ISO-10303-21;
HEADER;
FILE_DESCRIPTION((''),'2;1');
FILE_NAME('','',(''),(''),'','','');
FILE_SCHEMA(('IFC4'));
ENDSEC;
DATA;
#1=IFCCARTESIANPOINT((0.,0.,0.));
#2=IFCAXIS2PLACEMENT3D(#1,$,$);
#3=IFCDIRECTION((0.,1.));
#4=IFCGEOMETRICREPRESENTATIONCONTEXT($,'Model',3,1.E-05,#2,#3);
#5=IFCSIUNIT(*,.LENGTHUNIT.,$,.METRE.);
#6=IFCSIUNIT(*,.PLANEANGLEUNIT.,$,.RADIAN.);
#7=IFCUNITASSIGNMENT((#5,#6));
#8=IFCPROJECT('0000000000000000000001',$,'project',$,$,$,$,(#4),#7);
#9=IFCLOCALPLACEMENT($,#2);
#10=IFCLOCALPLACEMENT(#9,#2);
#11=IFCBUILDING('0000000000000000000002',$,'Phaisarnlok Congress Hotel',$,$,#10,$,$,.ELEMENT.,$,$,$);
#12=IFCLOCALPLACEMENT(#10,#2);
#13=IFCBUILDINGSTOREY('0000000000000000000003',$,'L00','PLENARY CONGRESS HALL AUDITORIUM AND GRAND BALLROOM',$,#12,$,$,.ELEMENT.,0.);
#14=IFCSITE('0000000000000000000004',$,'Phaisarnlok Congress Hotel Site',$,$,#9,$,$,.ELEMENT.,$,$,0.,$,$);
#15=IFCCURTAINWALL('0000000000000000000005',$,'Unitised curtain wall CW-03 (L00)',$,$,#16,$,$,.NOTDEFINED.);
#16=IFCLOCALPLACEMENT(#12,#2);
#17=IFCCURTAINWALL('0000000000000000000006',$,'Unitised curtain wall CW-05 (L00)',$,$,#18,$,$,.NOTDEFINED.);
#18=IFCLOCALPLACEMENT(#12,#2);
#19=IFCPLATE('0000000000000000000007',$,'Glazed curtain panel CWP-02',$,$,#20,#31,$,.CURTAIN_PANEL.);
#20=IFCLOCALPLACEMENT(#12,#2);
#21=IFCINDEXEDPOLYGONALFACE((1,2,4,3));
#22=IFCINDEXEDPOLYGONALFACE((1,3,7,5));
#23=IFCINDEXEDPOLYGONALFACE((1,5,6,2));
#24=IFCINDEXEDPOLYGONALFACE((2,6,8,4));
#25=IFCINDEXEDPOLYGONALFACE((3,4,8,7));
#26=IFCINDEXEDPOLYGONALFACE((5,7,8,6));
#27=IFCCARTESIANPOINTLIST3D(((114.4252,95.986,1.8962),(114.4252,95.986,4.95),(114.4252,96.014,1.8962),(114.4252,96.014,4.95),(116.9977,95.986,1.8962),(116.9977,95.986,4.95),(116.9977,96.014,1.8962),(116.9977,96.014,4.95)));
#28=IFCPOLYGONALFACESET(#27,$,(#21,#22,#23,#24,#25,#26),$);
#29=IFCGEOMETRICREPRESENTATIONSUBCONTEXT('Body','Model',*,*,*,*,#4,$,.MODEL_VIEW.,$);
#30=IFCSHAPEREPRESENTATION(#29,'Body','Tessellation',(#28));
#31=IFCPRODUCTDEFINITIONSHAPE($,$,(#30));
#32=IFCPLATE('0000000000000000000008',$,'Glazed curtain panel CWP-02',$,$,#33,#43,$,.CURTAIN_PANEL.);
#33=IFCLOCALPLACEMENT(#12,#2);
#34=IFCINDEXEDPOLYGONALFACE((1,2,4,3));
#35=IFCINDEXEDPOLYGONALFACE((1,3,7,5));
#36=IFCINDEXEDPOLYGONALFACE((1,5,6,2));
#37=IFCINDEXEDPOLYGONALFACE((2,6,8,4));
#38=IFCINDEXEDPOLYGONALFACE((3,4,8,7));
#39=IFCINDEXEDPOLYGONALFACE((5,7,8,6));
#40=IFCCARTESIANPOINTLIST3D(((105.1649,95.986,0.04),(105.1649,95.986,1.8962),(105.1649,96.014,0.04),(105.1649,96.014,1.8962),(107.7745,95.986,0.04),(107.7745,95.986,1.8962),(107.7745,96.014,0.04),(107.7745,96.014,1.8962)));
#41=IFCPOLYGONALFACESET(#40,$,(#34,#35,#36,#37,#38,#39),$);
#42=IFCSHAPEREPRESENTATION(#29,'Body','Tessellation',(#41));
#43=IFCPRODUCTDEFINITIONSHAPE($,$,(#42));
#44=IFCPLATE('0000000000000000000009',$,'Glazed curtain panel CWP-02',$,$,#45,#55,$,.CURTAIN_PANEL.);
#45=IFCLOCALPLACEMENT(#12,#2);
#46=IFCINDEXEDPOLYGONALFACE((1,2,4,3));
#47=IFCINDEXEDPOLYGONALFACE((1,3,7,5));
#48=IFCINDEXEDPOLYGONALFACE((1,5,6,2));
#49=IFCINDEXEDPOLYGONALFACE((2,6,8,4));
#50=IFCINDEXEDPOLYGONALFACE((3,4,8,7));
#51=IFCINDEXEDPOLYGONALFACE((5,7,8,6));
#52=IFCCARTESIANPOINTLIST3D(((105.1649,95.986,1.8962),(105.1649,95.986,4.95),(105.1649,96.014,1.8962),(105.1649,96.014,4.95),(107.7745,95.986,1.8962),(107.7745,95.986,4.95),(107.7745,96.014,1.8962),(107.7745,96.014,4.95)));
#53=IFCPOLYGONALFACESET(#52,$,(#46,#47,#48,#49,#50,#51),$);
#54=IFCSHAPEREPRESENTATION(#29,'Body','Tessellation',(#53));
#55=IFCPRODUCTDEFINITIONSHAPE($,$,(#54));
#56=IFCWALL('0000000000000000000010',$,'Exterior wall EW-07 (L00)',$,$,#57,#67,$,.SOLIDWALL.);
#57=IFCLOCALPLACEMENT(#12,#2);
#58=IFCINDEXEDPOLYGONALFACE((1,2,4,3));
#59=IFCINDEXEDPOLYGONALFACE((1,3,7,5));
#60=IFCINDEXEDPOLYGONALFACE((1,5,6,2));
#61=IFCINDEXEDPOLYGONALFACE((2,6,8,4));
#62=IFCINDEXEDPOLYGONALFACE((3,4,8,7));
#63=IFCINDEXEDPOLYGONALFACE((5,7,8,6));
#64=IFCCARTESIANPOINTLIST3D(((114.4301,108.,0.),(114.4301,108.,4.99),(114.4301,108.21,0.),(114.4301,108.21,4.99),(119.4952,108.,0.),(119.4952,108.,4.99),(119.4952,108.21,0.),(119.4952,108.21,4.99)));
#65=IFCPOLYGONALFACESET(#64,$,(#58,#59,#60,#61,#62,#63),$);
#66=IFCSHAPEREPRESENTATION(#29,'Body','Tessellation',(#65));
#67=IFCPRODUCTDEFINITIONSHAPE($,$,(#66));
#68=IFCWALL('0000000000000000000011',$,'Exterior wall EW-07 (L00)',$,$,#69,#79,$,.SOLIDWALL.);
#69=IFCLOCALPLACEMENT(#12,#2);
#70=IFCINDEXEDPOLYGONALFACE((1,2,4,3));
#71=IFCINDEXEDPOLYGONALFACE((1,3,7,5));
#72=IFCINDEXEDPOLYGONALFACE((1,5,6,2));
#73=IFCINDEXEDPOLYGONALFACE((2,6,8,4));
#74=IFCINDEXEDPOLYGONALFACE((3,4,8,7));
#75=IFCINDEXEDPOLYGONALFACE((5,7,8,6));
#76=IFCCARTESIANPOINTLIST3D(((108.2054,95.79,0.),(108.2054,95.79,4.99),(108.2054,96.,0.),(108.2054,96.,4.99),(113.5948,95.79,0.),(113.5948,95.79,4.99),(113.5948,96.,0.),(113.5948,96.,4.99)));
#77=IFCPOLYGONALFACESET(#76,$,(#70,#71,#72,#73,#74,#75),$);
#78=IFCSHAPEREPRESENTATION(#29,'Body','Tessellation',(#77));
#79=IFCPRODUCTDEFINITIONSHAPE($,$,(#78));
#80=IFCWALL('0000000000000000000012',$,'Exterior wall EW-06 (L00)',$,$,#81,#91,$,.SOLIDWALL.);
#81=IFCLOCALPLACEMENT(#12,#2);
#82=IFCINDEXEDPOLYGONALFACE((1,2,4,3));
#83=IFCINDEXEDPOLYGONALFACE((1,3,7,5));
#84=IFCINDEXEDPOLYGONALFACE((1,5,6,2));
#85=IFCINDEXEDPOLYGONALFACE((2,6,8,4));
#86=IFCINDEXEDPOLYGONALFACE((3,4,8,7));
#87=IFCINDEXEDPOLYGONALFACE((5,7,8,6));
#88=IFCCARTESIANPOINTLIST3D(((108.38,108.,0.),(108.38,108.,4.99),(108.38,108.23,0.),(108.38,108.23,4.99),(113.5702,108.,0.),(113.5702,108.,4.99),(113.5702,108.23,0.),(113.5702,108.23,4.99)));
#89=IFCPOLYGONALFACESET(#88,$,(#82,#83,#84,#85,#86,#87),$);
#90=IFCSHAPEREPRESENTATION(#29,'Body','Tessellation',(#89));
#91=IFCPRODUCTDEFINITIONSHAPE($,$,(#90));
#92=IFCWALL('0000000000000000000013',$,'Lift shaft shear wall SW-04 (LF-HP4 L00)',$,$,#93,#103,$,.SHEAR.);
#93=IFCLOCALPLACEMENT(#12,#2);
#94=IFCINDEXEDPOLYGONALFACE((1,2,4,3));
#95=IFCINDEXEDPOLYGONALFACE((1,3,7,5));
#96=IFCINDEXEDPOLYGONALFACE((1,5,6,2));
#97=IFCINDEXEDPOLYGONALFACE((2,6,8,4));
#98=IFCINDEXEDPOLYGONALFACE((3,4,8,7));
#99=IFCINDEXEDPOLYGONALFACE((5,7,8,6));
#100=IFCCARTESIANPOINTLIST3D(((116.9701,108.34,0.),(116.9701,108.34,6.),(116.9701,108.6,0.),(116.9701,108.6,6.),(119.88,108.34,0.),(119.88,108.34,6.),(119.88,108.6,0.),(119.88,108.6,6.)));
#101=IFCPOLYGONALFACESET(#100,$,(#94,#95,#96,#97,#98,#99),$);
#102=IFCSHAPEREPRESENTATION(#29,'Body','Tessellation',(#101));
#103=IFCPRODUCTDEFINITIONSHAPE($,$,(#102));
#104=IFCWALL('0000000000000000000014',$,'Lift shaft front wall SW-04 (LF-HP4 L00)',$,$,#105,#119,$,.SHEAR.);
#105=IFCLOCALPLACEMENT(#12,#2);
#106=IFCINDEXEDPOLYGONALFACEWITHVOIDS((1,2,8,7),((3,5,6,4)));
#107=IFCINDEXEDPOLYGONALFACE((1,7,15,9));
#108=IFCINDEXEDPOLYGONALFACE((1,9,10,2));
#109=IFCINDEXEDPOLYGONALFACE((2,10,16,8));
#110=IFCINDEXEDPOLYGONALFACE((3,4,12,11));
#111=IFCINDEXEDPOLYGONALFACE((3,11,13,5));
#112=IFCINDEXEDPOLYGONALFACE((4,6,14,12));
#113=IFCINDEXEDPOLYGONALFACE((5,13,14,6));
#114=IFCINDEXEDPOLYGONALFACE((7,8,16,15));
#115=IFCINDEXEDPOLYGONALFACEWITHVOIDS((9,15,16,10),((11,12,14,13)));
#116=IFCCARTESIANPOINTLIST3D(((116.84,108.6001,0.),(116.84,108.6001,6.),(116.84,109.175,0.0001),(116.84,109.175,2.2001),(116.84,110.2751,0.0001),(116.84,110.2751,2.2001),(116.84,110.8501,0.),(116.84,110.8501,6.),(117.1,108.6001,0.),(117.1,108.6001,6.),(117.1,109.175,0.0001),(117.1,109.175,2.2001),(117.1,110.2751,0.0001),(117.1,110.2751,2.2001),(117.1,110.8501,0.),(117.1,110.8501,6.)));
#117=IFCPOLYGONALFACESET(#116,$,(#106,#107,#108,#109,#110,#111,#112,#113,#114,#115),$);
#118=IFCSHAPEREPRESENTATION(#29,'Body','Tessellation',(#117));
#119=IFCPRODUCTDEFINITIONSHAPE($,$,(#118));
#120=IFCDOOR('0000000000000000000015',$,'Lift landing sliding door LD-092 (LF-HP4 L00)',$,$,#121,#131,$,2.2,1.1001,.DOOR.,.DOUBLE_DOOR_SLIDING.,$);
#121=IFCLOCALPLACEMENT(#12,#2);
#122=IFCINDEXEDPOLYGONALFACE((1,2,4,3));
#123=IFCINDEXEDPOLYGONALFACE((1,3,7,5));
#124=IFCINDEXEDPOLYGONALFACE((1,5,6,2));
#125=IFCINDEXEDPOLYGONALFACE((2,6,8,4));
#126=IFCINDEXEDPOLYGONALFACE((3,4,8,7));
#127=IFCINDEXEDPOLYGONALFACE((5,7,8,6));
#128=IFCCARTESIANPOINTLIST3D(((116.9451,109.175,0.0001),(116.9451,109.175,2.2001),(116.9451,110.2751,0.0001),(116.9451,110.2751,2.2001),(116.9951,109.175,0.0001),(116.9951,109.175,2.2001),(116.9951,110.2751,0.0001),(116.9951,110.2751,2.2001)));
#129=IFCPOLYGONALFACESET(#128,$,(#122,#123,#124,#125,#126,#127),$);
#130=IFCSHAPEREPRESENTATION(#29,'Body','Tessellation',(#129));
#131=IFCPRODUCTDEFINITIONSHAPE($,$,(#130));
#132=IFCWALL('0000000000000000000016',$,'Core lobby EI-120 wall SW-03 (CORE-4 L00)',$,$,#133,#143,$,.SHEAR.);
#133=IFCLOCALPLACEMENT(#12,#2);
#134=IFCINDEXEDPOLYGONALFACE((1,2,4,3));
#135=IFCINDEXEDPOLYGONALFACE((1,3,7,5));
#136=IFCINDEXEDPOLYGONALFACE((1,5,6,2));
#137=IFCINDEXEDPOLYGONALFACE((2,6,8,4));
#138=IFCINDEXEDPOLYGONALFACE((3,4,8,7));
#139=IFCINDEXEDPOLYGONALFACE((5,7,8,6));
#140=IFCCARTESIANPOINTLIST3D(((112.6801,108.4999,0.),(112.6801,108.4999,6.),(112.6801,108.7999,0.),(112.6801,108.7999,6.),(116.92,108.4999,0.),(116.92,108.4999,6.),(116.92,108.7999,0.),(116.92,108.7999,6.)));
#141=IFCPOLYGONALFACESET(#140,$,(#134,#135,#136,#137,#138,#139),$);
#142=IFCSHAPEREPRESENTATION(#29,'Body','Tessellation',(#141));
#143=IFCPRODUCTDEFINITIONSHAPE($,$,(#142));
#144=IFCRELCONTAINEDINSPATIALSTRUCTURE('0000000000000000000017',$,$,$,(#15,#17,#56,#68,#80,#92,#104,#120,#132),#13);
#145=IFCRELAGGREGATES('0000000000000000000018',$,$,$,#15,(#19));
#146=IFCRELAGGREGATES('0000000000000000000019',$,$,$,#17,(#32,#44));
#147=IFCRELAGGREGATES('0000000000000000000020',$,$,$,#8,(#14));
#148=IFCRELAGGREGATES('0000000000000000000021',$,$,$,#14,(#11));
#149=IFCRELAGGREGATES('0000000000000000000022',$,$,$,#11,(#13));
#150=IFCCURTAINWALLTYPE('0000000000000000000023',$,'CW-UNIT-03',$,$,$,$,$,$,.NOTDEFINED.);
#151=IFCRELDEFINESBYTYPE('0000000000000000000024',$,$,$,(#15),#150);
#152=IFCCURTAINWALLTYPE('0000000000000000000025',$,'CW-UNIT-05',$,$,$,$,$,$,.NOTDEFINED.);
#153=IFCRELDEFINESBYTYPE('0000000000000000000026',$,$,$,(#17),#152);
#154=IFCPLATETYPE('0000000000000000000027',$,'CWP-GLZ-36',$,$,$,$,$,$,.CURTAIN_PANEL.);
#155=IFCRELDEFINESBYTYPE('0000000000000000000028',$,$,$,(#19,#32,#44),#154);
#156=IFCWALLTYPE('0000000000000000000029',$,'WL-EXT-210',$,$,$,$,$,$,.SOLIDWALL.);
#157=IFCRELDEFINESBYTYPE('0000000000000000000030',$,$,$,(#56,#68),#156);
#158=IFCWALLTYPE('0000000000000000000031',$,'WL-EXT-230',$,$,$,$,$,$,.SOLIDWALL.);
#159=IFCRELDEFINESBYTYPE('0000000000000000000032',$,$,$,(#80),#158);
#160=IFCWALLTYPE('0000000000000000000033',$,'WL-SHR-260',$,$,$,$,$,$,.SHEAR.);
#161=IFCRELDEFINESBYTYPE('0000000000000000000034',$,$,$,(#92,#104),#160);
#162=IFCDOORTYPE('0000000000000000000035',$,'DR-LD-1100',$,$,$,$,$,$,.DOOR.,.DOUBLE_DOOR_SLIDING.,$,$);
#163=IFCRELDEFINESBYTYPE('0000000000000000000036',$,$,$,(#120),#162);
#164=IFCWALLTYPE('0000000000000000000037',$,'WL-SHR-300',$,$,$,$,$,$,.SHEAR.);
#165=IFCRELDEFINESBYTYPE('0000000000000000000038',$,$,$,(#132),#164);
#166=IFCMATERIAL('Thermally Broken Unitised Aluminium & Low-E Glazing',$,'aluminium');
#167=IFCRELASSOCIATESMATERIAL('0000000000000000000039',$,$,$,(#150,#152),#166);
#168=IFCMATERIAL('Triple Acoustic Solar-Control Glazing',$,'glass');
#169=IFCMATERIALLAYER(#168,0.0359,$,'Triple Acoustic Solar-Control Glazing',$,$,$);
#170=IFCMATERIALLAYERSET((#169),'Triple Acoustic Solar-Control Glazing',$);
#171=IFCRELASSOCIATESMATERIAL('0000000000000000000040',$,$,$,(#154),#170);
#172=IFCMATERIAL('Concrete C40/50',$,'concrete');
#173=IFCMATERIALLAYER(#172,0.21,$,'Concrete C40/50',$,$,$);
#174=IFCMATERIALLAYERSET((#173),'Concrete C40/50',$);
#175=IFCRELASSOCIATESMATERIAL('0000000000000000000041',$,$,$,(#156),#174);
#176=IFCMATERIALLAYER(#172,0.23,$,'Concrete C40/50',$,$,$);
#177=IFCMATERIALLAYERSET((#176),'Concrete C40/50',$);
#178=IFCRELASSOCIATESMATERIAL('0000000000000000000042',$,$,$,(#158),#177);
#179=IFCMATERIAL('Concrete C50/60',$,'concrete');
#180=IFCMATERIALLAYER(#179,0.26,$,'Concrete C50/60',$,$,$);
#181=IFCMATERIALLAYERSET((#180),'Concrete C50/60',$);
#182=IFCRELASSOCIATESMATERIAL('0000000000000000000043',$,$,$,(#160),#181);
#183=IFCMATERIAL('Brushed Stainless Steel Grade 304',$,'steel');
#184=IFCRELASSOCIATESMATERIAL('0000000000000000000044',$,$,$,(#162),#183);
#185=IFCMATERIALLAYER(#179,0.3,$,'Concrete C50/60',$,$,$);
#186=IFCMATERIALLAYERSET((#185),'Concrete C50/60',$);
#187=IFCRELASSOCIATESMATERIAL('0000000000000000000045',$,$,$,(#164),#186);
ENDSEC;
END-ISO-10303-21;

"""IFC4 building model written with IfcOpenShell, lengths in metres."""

from ifc_helpers import new_model, si_unit, direction, frame, frame_2d, origin, place, context, subcontext, project, spatial, rectangle, extrude, material, layer, layer_set, type_object, element, fill, aggregate, save


model = new_model("IFC4")

# Units and contexts
model_context = context("Model", 3, precision=1e-05, world=origin(), true_north=direction((0.0, 1.0)))
body_context = subcontext(model_context, "Body", "Model", "MODEL_VIEW")
ifc_project = project(units=[si_unit("LENGTHUNIT", "METRE"), si_unit("PLANEANGLEUNIT", "RADIAN")], contexts=[model_context])

# Site, building, storey
site_placement = place(None, origin())
site = spatial("IfcSite", under=ifc_project, at=site_placement, Name="Phaisarnlok Congress Hotel Site", CompositionType="ELEMENT", RefElevation=0.0)
building_placement = place(site_placement, origin())
building = spatial("IfcBuilding", under=site, at=building_placement, Name="Phaisarnlok Congress Hotel", CompositionType="ELEMENT")
storey_placement = place(building_placement, origin())
storey = spatial("IfcBuildingStorey", under=building, at=storey_placement, Name="L00", Description="PLENARY CONGRESS HALL AUDITORIUM AND GRAND BALLROOM", CompositionType="ELEMENT", Elevation=0.0)

# Shared definitions
ifc_material_1 = material(Name="Concrete C50/60", Category="concrete")

# Shared definitions
ifc_material_2 = material(Name="Concrete C40/50", Category="concrete")

# Curtain wall
ifc_material_3 = material(Name="Thermally Broken Unitised Aluminium & Low-E Glazing", Category="aluminium")
curtain_wall_type_1 = type_object("IfcCurtainWallType", Name="CW-UNIT-03", PredefinedType="NOTDEFINED", material=ifc_material_3)
curtain_wall_1_placement = place(storey_placement, origin())
curtain_wall_1 = element("IfcCurtainWall", 1, at=curtain_wall_1_placement, inside=storey, type_object=curtain_wall_type_1, Name="Unitised curtain wall CW-03 (L00)", PredefinedType="NOTDEFINED")

# Curtain wall
curtain_wall_type_2 = type_object("IfcCurtainWallType", Name="CW-UNIT-05", PredefinedType="NOTDEFINED", material=ifc_material_3)
curtain_wall_2_placement = place(storey_placement, origin())
curtain_wall_2 = element("IfcCurtainWall", 2, at=curtain_wall_2_placement, inside=storey, type_object=curtain_wall_type_2, Name="Unitised curtain wall CW-05 (L00)", PredefinedType="NOTDEFINED")

# Plates
ifc_material_4 = material(Name="Triple Acoustic Solar-Control Glazing", Category="glass")
ifc_layer_1 = layer(ifc_material_4, 0.0359, Name="Triple Acoustic Solar-Control Glazing")
ifc_layer_set_1 = layer_set([ifc_layer_1], Name="Triple Acoustic Solar-Control Glazing")
plate_type = type_object("IfcPlateType", Name="CWP-GLZ-36", PredefinedType="CURTAIN_PANEL", material=ifc_layer_set_1)
plate_1_placement = place(storey_placement, frame((116.9976, 96.0, 1.8962), z_axis=(0.0, 0.0, 1.0), x_axis=(-1.0, 0.0, 0.0)))
plate_1 = element("IfcPlate", 3, at=plate_1_placement, type_object=plate_type, Name="Glazed curtain panel CWP-02", PredefinedType="CURTAIN_PANEL", context=body_context, shape_type="SweptSolid", body=[
    extrude(rectangle(XDim=2.5725, YDim=0.0281, at=frame_2d((1.2861, 0.0))), origin(), (0.0, 0.0, 1.0), 3.0537),
])
aggregate(curtain_wall_1, [plate_1])
plate_2_placement = place(storey_placement, frame((107.7744, 96.0, 0.04), z_axis=(0.0, 0.0, 1.0), x_axis=(-1.0, 0.0, 0.0)))
plate_2 = element("IfcPlate", 4, at=plate_2_placement, type_object=plate_type, Name="Glazed curtain panel CWP-02", PredefinedType="CURTAIN_PANEL", context=body_context, shape_type="SweptSolid", body=[
    extrude(rectangle(XDim=2.6096, YDim=0.0281, at=frame_2d((1.3047, 0.0))), origin(), (0.0, 0.0, 1.0), 1.8562),
])
plate_3_placement = place(storey_placement, frame((107.7744, 96.0, 1.8962), z_axis=(0.0, 0.0, 1.0), x_axis=(-1.0, 0.0, 0.0)))
plate_3 = element("IfcPlate", 5, at=plate_3_placement, type_object=plate_type, Name="Glazed curtain panel CWP-02", PredefinedType="CURTAIN_PANEL", context=body_context, shape_type="SweptSolid", body=[
    extrude(rectangle(XDim=2.6096, YDim=0.0281, at=frame_2d((1.3047, 0.0))), origin(), (0.0, 0.0, 1.0), 3.0537),
])
aggregate(curtain_wall_2, [plate_2, plate_3])

# Walls
ifc_layer_2 = layer(ifc_material_2, 0.21, Name="Concrete C40/50")
ifc_layer_set_2 = layer_set([ifc_layer_2], Name="Concrete C40/50")
wall_type_1 = type_object("IfcWallType", Name="WL-EXT-210", PredefinedType="SOLIDWALL", material=ifc_layer_set_2)
wall_1_placement = place(storey_placement, frame((114.4299, 108.105, 0.0), z_axis=(0.0, 0.0, 1.0), x_axis=(1.0, 0.0, 0.0)))
element("IfcWall", 6, at=wall_1_placement, inside=storey, type_object=wall_type_1, Name="Exterior wall EW-07 (L00)", PredefinedType="SOLIDWALL", context=body_context, shape_type="SweptSolid", body=[
    extrude(rectangle(XDim=5.0652, YDim=0.21, at=frame_2d((2.5327, 0.0))), origin(), (0.0, 0.0, 1.0), 4.99),
])
wall_2_placement = place(storey_placement, frame((113.595, 95.895, 0.0), z_axis=(0.0, 0.0, 1.0), x_axis=(-1.0, 0.0, 0.0)))
element("IfcWall", 7, at=wall_2_placement, inside=storey, type_object=wall_type_1, Name="Exterior wall EW-07 (L00)", PredefinedType="SOLIDWALL", context=body_context, shape_type="SweptSolid", body=[
    extrude(rectangle(XDim=5.3894, YDim=0.21, at=frame_2d((2.6948, 0.0))), origin(), (0.0, 0.0, 1.0), 4.99),
])
ifc_layer_3 = layer(ifc_material_2, 0.23, Name="Concrete C40/50")
ifc_layer_set_3 = layer_set([ifc_layer_3], Name="Concrete C40/50")
wall_type_2 = type_object("IfcWallType", Name="WL-EXT-230", PredefinedType="SOLIDWALL", material=ifc_layer_set_3)
wall_3_placement = place(storey_placement, frame((108.3799, 108.115, 0.0), z_axis=(0.0, 0.0, 1.0), x_axis=(1.0, 0.0, 0.0)))
element("IfcWall", 8, at=wall_3_placement, inside=storey, type_object=wall_type_2, Name="Exterior wall EW-06 (L00)", PredefinedType="SOLIDWALL", context=body_context, shape_type="SweptSolid", body=[
    extrude(rectangle(XDim=5.1902, YDim=0.23, at=frame_2d((2.5952, 0.0))), origin(), (0.0, 0.0, 1.0), 4.99),
])
ifc_layer_4 = layer(ifc_material_1, 0.26, Name="Concrete C50/60")
ifc_layer_set_4 = layer_set([ifc_layer_4], Name="Concrete C50/60")
wall_type_3 = type_object("IfcWallType", Name="WL-SHR-260", PredefinedType="SHEAR", material=ifc_layer_set_4)
wall_4_placement = place(storey_placement, frame((116.97, 108.47, 0.0), z_axis=(0.0, 0.0, 1.0), x_axis=(1.0, 0.0, 0.0)))
element("IfcWall", 9, at=wall_4_placement, inside=storey, type_object=wall_type_3, Name="Lift shaft shear wall SW-04 (LF-HP4 L00)", PredefinedType="SHEAR", context=body_context, shape_type="SweptSolid", body=[
    extrude(rectangle(XDim=2.9099, YDim=0.26, at=frame_2d((1.4551, 0.0))), origin(), (0.0, 0.0, 1.0), 6.0),
])

# Wall, opening, door
wall_5_placement = place(storey_placement, frame((116.97, 108.6001, 0.0), z_axis=(0.0, 0.0, 1.0), x_axis=(0.0, 1.0, 0.0)))
wall_5 = element("IfcWall", 10, at=wall_5_placement, inside=storey, type_object=wall_type_3, Name="Lift shaft front wall SW-04 (LF-HP4 L00)", PredefinedType="SHEAR", context=body_context, shape_type="SweptSolid", body=[
    extrude(rectangle(XDim=2.25, YDim=0.26, at=frame_2d((1.125, 0.0))), origin(), (0.0, 0.0, 1.0), 6.0),
])
opening_placement = place(wall_5_placement, frame((0.575, 0.0, 0.0)))
opening = element("IfcOpeningElement", 11, at=opening_placement, cuts=wall_5, PredefinedType="OPENING", context=body_context, shape_type="SweptSolid", body=[
    extrude(rectangle(XDim=1.1001, YDim=2.2, at=frame_2d((0.55, 1.1001))), frame((0.0, 0.1401, 0.0), z_axis=(0.0, -1.0, 0.0), x_axis=(1.0, 0.0, 0.0)), (0.0, 0.0, 1.0), 0.28),
])
ifc_material_5 = material(Name="Brushed Stainless Steel Grade 304", Category="steel")
door_type = type_object("IfcDoorType", Name="DR-LD-1100", OperationType="DOUBLE_DOOR_SLIDING", PredefinedType="DOOR", material=ifc_material_5)
door_placement = place(opening_placement, origin())
door = element("IfcDoor", 12, at=door_placement, inside=storey, type_object=door_type, Name="Lift landing sliding door LD-092 (LF-HP4 L00)", OperationType="DOUBLE_DOOR_SLIDING", OverallHeight=2.2, OverallWidth=1.1001, PredefinedType="DOOR", context=body_context, shape_type="SweptSolid", body=[
    extrude(rectangle(XDim=1.1001, YDim=2.2, at=frame_2d((0.55, 1.1001))), frame((0.0, 0.0249, 0.0), z_axis=(0.0, -1.0, 0.0), x_axis=(1.0, 0.0, 0.0)), (0.0, 0.0, 1.0), 0.05),
])
fill(opening, door)

# Wall
ifc_layer_5 = layer(ifc_material_1, 0.3, Name="Concrete C50/60")
ifc_layer_set_5 = layer_set([ifc_layer_5], Name="Concrete C50/60")
wall_type_4 = type_object("IfcWallType", Name="WL-SHR-300", PredefinedType="SHEAR", material=ifc_layer_set_5)
wall_6_placement = place(storey_placement, frame((112.6799, 108.6499, 0.0), z_axis=(0.0, 0.0, 1.0), x_axis=(1.0, 0.0, 0.0)))
element("IfcWall", 13, at=wall_6_placement, inside=storey, type_object=wall_type_4, Name="Core lobby EI-120 wall SW-03 (CORE-4 L00)", PredefinedType="SHEAR", context=body_context, shape_type="SweptSolid", body=[
    extrude(rectangle(XDim=4.24, YDim=0.3, at=frame_2d((2.1201, 0.0))), origin(), (0.0, 0.0, 1.0), 6.0),
])

save(model, "model.ifc")
